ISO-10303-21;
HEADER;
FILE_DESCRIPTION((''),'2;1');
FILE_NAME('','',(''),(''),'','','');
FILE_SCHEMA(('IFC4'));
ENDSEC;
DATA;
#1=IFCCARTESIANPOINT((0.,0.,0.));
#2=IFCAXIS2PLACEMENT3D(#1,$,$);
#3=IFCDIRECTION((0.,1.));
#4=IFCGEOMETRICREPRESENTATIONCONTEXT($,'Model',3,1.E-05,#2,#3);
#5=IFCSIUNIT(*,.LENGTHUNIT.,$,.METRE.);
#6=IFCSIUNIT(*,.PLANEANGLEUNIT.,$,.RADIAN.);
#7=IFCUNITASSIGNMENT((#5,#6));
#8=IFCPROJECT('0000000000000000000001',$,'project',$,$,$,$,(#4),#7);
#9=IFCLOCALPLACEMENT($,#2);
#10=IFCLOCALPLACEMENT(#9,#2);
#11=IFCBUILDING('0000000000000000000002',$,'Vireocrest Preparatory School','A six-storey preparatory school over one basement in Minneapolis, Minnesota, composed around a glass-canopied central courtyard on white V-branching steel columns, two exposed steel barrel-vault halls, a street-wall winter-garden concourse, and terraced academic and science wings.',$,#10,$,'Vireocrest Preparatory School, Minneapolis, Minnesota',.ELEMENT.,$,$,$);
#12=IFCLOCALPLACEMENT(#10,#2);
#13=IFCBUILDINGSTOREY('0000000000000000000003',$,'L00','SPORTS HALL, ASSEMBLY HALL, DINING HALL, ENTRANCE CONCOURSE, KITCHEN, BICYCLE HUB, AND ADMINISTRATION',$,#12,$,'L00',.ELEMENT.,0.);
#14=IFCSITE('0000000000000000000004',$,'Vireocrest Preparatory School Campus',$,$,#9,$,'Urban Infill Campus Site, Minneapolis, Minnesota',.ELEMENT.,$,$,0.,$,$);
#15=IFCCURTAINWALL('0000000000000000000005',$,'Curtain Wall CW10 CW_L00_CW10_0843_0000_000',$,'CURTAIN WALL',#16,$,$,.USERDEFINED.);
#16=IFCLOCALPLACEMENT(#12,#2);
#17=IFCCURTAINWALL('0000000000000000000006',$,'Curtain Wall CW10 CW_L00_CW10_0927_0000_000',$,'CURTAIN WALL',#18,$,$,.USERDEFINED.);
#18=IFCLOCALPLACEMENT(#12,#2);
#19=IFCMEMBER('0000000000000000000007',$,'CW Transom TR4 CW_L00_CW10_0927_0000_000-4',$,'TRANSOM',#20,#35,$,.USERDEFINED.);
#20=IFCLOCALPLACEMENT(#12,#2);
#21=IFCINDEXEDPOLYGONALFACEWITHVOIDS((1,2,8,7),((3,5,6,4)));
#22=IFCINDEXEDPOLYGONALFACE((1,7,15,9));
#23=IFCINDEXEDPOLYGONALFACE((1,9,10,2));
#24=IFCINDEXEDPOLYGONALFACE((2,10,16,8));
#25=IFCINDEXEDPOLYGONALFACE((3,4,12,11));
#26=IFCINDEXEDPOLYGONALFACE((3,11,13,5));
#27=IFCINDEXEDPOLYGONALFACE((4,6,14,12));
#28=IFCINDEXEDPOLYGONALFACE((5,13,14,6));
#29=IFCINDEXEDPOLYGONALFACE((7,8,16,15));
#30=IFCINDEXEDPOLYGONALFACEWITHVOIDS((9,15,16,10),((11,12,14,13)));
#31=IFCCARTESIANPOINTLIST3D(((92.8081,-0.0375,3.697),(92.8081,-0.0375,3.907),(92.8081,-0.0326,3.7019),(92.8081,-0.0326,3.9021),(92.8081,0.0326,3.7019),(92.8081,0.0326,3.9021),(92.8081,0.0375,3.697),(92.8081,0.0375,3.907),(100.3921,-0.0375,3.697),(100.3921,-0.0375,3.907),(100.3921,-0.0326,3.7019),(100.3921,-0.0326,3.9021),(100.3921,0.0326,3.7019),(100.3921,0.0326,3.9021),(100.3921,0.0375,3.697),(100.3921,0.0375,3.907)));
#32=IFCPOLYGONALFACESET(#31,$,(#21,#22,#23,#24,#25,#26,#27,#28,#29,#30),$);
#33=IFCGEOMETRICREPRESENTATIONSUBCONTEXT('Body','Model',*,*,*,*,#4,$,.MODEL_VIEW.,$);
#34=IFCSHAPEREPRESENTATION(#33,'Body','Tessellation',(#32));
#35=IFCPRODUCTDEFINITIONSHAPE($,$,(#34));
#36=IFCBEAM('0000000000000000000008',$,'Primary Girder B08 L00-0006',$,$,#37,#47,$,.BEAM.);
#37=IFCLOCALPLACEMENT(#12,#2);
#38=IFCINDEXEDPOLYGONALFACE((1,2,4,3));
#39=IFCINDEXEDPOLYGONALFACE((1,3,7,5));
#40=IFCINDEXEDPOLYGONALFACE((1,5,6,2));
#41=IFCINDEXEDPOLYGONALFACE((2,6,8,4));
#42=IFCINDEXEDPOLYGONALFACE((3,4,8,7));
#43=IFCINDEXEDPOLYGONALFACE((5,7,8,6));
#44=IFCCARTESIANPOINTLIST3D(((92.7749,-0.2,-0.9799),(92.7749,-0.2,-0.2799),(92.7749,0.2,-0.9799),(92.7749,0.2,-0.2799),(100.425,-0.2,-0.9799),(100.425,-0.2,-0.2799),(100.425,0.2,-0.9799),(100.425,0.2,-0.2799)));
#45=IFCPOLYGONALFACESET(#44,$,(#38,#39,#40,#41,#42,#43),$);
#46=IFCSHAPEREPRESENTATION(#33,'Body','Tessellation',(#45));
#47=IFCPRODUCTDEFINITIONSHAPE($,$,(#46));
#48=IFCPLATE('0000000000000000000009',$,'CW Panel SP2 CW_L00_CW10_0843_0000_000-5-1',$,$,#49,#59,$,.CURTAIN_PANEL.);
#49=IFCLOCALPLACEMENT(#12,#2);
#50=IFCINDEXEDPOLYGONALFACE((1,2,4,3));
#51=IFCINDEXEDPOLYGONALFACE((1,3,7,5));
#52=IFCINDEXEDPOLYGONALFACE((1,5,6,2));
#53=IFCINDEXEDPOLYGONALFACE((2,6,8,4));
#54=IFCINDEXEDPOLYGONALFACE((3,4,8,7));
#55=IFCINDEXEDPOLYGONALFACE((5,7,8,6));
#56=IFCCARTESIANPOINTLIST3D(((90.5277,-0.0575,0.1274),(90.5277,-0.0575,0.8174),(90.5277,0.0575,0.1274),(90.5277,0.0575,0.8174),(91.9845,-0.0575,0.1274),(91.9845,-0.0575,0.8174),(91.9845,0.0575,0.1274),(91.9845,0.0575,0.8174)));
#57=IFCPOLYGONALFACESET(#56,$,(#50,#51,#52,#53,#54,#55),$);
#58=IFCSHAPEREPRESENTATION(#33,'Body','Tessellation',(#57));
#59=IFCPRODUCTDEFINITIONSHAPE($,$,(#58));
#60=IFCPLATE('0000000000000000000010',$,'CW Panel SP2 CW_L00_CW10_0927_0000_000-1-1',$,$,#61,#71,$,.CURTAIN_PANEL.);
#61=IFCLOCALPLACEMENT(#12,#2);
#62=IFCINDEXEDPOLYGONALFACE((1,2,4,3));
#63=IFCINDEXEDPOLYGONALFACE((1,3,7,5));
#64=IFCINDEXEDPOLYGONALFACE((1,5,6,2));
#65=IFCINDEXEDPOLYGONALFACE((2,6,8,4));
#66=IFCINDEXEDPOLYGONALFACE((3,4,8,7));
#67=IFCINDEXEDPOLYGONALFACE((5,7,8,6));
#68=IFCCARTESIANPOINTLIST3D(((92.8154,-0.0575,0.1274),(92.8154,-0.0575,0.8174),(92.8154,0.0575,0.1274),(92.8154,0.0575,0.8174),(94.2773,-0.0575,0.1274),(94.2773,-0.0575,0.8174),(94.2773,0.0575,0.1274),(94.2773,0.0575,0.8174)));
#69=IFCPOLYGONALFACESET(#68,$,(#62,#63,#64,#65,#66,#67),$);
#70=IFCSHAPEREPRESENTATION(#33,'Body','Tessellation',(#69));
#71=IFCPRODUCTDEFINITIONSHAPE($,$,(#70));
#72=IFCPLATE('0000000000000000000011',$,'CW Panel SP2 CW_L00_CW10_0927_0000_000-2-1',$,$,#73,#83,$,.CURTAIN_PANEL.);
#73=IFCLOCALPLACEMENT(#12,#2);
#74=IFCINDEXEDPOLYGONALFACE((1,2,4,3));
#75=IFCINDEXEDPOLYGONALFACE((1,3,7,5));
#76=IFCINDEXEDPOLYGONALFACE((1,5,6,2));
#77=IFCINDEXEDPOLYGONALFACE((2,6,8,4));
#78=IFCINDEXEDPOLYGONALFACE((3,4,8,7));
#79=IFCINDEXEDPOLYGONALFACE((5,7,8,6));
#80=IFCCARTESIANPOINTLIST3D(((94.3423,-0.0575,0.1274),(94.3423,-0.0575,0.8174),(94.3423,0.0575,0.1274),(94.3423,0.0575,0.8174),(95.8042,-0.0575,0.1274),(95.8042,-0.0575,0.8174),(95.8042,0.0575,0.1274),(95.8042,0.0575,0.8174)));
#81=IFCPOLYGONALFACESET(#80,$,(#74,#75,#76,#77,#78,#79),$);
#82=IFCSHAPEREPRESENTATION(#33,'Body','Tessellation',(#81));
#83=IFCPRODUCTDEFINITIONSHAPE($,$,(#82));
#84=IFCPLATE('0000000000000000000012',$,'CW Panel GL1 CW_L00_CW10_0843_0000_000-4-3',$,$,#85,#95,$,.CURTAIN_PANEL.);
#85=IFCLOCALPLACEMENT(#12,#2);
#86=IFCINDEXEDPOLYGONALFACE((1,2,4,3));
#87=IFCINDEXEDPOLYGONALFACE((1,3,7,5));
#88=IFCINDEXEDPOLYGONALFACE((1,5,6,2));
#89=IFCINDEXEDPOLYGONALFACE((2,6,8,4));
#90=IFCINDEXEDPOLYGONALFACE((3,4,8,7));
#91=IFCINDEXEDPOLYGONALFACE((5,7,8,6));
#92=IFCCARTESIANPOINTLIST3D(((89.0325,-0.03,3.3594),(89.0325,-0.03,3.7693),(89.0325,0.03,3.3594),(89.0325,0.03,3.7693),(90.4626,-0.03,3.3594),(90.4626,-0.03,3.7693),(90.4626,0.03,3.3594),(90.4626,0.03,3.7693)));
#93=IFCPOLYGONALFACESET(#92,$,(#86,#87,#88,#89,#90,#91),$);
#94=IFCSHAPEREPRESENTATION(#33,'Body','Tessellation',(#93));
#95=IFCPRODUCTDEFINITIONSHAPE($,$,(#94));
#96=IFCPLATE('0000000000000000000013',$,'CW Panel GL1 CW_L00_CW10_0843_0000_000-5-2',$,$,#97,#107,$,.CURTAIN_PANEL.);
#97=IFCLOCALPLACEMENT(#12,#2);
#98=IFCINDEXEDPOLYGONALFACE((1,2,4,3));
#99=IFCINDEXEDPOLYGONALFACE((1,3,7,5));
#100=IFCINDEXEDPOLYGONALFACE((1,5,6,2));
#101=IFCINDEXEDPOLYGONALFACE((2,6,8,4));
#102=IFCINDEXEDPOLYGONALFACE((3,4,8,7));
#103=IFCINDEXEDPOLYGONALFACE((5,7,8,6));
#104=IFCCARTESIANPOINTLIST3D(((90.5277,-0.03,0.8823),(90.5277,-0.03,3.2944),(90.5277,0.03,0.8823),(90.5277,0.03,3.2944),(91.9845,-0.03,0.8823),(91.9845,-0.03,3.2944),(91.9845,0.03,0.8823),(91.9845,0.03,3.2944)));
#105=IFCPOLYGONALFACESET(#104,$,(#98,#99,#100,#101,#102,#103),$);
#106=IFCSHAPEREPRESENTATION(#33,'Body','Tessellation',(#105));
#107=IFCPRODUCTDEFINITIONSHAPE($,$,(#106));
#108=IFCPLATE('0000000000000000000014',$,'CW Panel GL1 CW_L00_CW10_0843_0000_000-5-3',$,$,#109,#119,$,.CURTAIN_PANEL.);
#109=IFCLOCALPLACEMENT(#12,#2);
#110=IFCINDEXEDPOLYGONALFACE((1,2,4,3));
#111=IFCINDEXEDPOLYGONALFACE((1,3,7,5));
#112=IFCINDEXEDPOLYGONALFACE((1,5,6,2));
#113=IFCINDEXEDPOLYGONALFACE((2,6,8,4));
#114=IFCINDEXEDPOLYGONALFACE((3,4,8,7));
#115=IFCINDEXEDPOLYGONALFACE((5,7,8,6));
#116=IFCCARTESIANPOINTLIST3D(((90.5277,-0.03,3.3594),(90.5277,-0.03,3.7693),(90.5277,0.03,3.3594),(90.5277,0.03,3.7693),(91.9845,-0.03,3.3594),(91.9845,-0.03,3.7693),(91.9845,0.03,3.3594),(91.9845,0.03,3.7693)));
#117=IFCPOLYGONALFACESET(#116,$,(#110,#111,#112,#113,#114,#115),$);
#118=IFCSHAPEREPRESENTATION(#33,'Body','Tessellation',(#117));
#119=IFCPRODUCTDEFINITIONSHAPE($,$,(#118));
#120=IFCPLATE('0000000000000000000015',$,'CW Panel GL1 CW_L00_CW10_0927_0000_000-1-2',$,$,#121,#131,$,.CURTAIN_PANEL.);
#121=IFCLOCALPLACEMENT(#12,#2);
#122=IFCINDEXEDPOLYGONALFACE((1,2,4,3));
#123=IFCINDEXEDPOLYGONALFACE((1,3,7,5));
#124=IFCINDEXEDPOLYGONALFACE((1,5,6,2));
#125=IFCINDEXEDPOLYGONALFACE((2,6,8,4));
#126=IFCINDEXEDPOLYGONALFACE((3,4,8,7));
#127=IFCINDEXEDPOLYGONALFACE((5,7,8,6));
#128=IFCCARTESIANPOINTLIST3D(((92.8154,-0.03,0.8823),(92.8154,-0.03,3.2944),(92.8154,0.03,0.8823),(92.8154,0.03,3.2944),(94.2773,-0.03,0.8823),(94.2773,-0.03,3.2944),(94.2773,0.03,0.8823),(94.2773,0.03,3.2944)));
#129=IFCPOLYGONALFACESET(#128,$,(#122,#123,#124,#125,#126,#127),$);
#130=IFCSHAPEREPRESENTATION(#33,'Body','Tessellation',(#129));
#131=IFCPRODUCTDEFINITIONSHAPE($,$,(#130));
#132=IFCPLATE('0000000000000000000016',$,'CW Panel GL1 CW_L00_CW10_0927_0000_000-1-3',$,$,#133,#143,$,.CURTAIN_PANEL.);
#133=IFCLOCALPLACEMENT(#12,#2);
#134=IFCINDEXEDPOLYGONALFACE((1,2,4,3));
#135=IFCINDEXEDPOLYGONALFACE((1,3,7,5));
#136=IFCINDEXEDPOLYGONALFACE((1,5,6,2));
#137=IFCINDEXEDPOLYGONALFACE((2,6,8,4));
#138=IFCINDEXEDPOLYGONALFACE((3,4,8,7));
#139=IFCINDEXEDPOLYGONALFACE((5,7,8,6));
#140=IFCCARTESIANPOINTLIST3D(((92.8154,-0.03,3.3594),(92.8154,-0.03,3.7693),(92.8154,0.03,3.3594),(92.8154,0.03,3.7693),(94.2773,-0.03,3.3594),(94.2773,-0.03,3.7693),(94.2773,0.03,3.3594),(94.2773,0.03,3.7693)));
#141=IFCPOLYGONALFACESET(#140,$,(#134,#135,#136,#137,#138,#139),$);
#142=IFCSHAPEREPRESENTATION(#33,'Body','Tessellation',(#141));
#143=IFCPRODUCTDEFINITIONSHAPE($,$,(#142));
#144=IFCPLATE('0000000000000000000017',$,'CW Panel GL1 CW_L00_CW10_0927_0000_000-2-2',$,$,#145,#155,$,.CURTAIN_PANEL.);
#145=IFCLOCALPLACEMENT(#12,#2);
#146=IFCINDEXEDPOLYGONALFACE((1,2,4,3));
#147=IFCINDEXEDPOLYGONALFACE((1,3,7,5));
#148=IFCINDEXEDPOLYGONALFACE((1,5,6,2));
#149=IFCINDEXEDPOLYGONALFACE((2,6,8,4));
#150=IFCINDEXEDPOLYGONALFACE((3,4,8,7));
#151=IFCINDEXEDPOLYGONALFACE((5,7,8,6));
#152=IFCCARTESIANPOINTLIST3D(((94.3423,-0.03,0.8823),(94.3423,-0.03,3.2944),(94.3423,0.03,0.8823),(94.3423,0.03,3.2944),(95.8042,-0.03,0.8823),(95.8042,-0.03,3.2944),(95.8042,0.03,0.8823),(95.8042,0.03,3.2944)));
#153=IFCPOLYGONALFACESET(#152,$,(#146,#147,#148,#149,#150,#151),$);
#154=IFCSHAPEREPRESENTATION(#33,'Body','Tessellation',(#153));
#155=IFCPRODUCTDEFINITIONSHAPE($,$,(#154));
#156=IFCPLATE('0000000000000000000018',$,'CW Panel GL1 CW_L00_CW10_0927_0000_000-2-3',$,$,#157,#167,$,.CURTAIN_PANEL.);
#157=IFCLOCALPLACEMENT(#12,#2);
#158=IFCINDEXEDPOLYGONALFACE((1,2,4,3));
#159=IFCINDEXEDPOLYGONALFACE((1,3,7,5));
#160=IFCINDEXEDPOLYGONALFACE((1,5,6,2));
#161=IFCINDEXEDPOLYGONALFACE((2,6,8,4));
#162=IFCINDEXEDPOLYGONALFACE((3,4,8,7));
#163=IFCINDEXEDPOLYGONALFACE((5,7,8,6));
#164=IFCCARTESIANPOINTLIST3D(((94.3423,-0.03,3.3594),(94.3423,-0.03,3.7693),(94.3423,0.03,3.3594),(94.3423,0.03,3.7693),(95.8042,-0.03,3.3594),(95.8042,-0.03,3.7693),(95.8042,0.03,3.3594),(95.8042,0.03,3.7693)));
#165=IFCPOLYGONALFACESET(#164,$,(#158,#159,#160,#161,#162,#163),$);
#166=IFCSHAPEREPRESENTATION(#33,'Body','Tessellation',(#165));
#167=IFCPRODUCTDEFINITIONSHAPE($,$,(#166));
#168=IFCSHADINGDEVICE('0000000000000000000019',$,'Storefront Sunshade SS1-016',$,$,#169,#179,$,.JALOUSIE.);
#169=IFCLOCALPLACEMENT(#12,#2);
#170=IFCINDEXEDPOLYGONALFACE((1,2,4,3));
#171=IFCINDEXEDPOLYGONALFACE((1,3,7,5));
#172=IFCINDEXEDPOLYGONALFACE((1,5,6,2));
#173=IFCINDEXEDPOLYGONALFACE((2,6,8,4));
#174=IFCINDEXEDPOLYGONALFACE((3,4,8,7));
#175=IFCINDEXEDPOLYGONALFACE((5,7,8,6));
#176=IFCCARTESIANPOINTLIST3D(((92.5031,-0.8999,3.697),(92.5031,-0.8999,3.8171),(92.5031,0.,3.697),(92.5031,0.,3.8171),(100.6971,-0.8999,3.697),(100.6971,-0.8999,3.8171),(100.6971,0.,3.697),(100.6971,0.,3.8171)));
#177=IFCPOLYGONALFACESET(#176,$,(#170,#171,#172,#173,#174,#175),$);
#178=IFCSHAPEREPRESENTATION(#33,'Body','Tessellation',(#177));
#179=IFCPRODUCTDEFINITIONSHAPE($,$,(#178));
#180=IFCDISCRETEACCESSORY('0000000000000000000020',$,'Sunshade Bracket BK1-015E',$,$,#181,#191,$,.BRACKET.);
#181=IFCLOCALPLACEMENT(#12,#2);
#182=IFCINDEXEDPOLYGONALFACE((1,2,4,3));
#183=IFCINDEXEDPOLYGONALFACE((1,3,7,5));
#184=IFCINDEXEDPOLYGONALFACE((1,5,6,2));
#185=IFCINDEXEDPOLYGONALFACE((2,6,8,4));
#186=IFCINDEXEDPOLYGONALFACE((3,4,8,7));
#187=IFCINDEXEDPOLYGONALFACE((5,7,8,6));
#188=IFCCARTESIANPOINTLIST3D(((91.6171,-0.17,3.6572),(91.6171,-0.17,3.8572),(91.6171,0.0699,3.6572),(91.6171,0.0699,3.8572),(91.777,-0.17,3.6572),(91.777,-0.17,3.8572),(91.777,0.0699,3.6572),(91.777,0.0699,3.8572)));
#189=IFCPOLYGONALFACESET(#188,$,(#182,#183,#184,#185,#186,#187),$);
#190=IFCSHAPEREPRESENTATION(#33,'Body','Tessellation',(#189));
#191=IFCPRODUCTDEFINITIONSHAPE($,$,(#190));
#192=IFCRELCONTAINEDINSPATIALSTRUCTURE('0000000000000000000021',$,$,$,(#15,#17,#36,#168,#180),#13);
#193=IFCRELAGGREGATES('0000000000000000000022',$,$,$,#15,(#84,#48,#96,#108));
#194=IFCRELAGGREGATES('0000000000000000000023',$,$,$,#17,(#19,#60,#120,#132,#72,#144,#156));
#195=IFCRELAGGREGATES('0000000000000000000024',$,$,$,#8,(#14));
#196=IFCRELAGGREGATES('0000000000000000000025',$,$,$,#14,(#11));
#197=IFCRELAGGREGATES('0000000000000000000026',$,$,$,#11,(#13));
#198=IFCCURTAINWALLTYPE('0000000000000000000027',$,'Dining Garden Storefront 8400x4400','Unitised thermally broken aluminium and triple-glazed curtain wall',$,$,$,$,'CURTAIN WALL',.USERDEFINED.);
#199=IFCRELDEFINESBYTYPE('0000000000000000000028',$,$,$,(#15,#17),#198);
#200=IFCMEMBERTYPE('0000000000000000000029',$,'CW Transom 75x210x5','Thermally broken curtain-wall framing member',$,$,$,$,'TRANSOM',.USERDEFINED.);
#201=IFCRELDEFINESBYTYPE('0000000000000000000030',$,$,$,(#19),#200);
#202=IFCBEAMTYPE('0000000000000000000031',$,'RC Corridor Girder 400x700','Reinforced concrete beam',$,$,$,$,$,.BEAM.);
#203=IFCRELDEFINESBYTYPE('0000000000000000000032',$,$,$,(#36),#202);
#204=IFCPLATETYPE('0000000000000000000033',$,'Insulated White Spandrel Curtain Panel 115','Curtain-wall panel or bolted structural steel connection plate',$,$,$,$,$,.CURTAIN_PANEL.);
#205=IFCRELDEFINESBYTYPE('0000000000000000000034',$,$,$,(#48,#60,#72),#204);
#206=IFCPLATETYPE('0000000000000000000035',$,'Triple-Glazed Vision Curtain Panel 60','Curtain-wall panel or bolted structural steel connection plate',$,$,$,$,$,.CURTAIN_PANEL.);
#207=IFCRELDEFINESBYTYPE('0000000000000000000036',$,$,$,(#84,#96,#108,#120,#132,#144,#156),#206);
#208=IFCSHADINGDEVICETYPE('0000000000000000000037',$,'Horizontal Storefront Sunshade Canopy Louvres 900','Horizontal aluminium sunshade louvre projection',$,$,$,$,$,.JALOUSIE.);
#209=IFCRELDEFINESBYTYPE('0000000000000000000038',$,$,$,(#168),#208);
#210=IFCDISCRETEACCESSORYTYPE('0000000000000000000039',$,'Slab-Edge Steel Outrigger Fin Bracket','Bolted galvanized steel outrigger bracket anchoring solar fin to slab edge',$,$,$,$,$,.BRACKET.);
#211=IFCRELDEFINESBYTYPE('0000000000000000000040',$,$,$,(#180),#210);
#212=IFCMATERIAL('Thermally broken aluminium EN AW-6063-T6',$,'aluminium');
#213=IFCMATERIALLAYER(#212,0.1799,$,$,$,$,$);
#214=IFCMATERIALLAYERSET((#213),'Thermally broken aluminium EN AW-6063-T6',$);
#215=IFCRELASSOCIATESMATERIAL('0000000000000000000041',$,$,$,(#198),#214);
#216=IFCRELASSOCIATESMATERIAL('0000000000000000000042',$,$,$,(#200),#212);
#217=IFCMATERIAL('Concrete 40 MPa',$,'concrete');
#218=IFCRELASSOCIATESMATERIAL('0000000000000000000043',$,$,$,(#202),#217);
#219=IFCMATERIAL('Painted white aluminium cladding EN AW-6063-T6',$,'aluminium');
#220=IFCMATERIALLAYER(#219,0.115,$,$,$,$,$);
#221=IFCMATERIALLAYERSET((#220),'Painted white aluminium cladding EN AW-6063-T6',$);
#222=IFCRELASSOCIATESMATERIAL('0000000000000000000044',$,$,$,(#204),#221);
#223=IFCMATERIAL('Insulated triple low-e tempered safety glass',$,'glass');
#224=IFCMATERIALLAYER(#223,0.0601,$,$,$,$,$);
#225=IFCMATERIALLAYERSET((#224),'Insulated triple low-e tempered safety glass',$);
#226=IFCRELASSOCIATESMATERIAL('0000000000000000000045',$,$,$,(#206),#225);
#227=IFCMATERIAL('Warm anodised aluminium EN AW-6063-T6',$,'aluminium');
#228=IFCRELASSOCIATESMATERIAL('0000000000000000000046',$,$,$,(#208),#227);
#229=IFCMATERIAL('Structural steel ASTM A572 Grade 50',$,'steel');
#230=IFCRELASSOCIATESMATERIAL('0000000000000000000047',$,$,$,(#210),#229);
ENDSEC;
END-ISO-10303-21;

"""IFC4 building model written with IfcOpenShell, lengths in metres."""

from ifc_helpers import new_model, si_unit, direction, frame, origin, origin_2d, place, context, subcontext, project, spatial, rectangle, hollow_rectangle, extrude, material, layer, layer_set, material_profile, profile_set, type_object, element, aggregate, save


model = new_model("IFC4")

# Units and contexts
model_context = context("Model", 3, precision=1e-05, world=origin(), true_north=direction((0.0, 1.0)))
body_context = subcontext(model_context, "Body", "Model", "MODEL_VIEW")
ifc_project = project(units=[si_unit("LENGTHUNIT", "METRE"), si_unit("PLANEANGLEUNIT", "RADIAN")], contexts=[model_context])

# Site, building, storey
site_placement = place(None, origin())
site = spatial("IfcSite", under=ifc_project, at=site_placement, Name="Vireocrest Preparatory School Campus", LongName="Urban Infill Campus Site, Minneapolis, Minnesota", CompositionType="ELEMENT", RefElevation=0.0)
building_placement = place(site_placement, origin())
building = spatial("IfcBuilding", under=site, at=building_placement, Name="Vireocrest Preparatory School", Description="A six-storey preparatory school over one basement in Minneapolis, Minnesota, composed around a glass-canopied central courtyard on white V-branching steel columns, two exposed steel barrel-vault halls, a street-wall winter-garden concourse, and terraced academic and science wings.", LongName="Vireocrest Preparatory School, Minneapolis, Minnesota", CompositionType="ELEMENT")
storey_placement = place(building_placement, origin())
storey = spatial("IfcBuildingStorey", under=building, at=storey_placement, Name="L00", Description="SPORTS HALL, ASSEMBLY HALL, DINING HALL, ENTRANCE CONCOURSE, KITCHEN, BICYCLE HUB, AND ADMINISTRATION", LongName="L00", CompositionType="ELEMENT", Elevation=0.0)

# Curtain walls, member
ifc_material_1 = material(Name="Thermally broken aluminium EN AW-6063-T6", Category="aluminium")
ifc_layer_1 = layer(ifc_material_1, 0.1799)
ifc_layer_set_1 = layer_set([ifc_layer_1], Name="Thermally broken aluminium EN AW-6063-T6")
curtain_wall_type = type_object("IfcCurtainWallType", Name="Dining Garden Storefront 8400x4400", Description="Unitised thermally broken aluminium and triple-glazed curtain wall", ElementType="CURTAIN WALL", PredefinedType="USERDEFINED", material=ifc_layer_set_1)
curtain_wall_1_placement = place(storey_placement, origin())
curtain_wall_1 = element("IfcCurtainWall", 1, at=curtain_wall_1_placement, inside=storey, type_object=curtain_wall_type, Name="Curtain Wall CW10 CW_L00_CW10_0843_0000_000", ObjectType="CURTAIN WALL", PredefinedType="USERDEFINED")
curtain_wall_2_placement = place(storey_placement, origin())
curtain_wall_2 = element("IfcCurtainWall", 2, at=curtain_wall_2_placement, inside=storey, type_object=curtain_wall_type, Name="Curtain Wall CW10 CW_L00_CW10_0927_0000_000", ObjectType="CURTAIN WALL", PredefinedType="USERDEFINED")
ifc_material_profile_1 = material_profile(ifc_material_1, hollow_rectangle(XDim=0.075, YDim=0.21, WallThickness=0.0049, at=origin_2d()), Name="ALU 75x210x5")
ifc_profile_set_1 = profile_set([ifc_material_profile_1], Name="Thermally broken aluminium EN AW-6063-T6")
member_type_1 = type_object("IfcMemberType", Name="CW Transom 75x210x5", Description="Thermally broken curtain-wall framing member", ElementType="TRANSOM", PredefinedType="USERDEFINED", material=ifc_profile_set_1)
member_1_placement = place(storey_placement, frame((92.8081, 0.0, 3.802), z_axis=(1.0, 0.0, 0.0), x_axis=(0.0, 1.0, 0.0)))
member_1 = element("IfcMember", 3, at=member_1_placement, type_object=member_type_1, Name="CW Transom TR4 CW_L00_CW10_0927_0000_000-4", ObjectType="TRANSOM", PredefinedType="USERDEFINED", context=body_context, shape_type="SweptSolid", body=[
    extrude(hollow_rectangle(XDim=0.075, YDim=0.21, WallThickness=0.0049, at=origin_2d()), origin(), (0.0, 0.0, 1.0), 7.584),
])

# Beam
ifc_material_2 = material(Name="Concrete 40 MPa", Category="concrete")
ifc_material_profile_2 = material_profile(ifc_material_2, rectangle(XDim=0.3999, YDim=0.7, at=origin_2d()), Name="RC 400x700")
ifc_profile_set_2 = profile_set([ifc_material_profile_2], Name="Concrete 40 MPa")
beam_type = type_object("IfcBeamType", Name="RC Corridor Girder 400x700", Description="Reinforced concrete beam", PredefinedType="BEAM", material=ifc_profile_set_2)
beam_placement = place(storey_placement, frame((92.7749, 0.0, -0.6299), z_axis=(1.0, 0.0, 0.0), x_axis=(0.0, 1.0, 0.0)))
element("IfcBeam", 4, at=beam_placement, inside=storey, type_object=beam_type, Name="Primary Girder B08 L00-0006", PredefinedType="BEAM", context=body_context, shape_type="SweptSolid", body=[
    extrude(rectangle(XDim=0.3999, YDim=0.7, at=origin_2d()), origin(), (0.0, 0.0, 1.0), 7.6501),
])

# Plates
ifc_material_3 = material(Name="Painted white aluminium cladding EN AW-6063-T6", Category="aluminium")
ifc_layer_2 = layer(ifc_material_3, 0.115)
ifc_layer_set_2 = layer_set([ifc_layer_2], Name="Painted white aluminium cladding EN AW-6063-T6")
plate_type_1 = type_object("IfcPlateType", Name="Insulated White Spandrel Curtain Panel 115", Description="Curtain-wall panel or bolted structural steel connection plate", PredefinedType="CURTAIN_PANEL", material=ifc_layer_set_2)
plate_1_placement = place(storey_placement, frame((91.2561, 0.0, 0.1274), z_axis=(0.0, 0.0, 1.0), x_axis=(1.0, 0.0, 0.0)))
plate_1 = element("IfcPlate", 5, at=plate_1_placement, type_object=plate_type_1, Name="CW Panel SP2 CW_L00_CW10_0843_0000_000-5-1", PredefinedType="CURTAIN_PANEL", context=body_context, shape_type="SweptSolid", body=[
    extrude(rectangle(XDim=1.4568, YDim=0.115, at=origin_2d()), origin(), (0.0, 0.0, 1.0), 0.6899),
])
plate_2_placement = place(storey_placement, frame((93.5464, 0.0, 0.1274), z_axis=(0.0, 0.0, 1.0), x_axis=(1.0, 0.0, 0.0)))
plate_2 = element("IfcPlate", 6, at=plate_2_placement, type_object=plate_type_1, Name="CW Panel SP2 CW_L00_CW10_0927_0000_000-1-1", PredefinedType="CURTAIN_PANEL", context=body_context, shape_type="SweptSolid", body=[
    extrude(rectangle(XDim=1.4619, YDim=0.115, at=origin_2d()), origin(), (0.0, 0.0, 1.0), 0.6899),
])
plate_3_placement = place(storey_placement, frame((95.0732, 0.0, 0.1274), z_axis=(0.0, 0.0, 1.0), x_axis=(1.0, 0.0, 0.0)))
plate_3 = element("IfcPlate", 7, at=plate_3_placement, type_object=plate_type_1, Name="CW Panel SP2 CW_L00_CW10_0927_0000_000-2-1", PredefinedType="CURTAIN_PANEL", context=body_context, shape_type="SweptSolid", body=[
    extrude(rectangle(XDim=1.4619, YDim=0.115, at=origin_2d()), origin(), (0.0, 0.0, 1.0), 0.6899),
])
ifc_material_4 = material(Name="Insulated triple low-e tempered safety glass", Category="glass")
ifc_layer_3 = layer(ifc_material_4, 0.0601)
ifc_layer_set_3 = layer_set([ifc_layer_3], Name="Insulated triple low-e tempered safety glass")
plate_type_2 = type_object("IfcPlateType", Name="Triple-Glazed Vision Curtain Panel 60", Description="Curtain-wall panel or bolted structural steel connection plate", PredefinedType="CURTAIN_PANEL", material=ifc_layer_set_3)
plate_4_placement = place(storey_placement, frame((89.7476, 0.0, 3.3594), z_axis=(0.0, 0.0, 1.0), x_axis=(1.0, 0.0, 0.0)))
plate_4 = element("IfcPlate", 8, at=plate_4_placement, type_object=plate_type_2, Name="CW Panel GL1 CW_L00_CW10_0843_0000_000-4-3", PredefinedType="CURTAIN_PANEL", context=body_context, shape_type="SweptSolid", body=[
    extrude(rectangle(XDim=1.4302, YDim=0.0601, at=origin_2d()), origin(), (0.0, 0.0, 1.0), 0.4099),
])
plate_5_placement = place(storey_placement, frame((91.2561, 0.0, 0.8823), z_axis=(0.0, 0.0, 1.0), x_axis=(1.0, 0.0, 0.0)))
plate_5 = element("IfcPlate", 9, at=plate_5_placement, type_object=plate_type_2, Name="CW Panel GL1 CW_L00_CW10_0843_0000_000-5-2", PredefinedType="CURTAIN_PANEL", context=body_context, shape_type="SweptSolid", body=[
    extrude(rectangle(XDim=1.4568, YDim=0.0601, at=origin_2d()), origin(), (0.0, 0.0, 1.0), 2.4121),
])
plate_6_placement = place(storey_placement, frame((91.2561, 0.0, 3.3594), z_axis=(0.0, 0.0, 1.0), x_axis=(1.0, 0.0, 0.0)))
plate_6 = element("IfcPlate", 10, at=plate_6_placement, type_object=plate_type_2, Name="CW Panel GL1 CW_L00_CW10_0843_0000_000-5-3", PredefinedType="CURTAIN_PANEL", context=body_context, shape_type="SweptSolid", body=[
    extrude(rectangle(XDim=1.4568, YDim=0.0601, at=origin_2d()), origin(), (0.0, 0.0, 1.0), 0.4099),
])
aggregate(curtain_wall_1, [plate_4, plate_1, plate_5, plate_6])
plate_7_placement = place(storey_placement, frame((93.5464, 0.0, 0.8823), z_axis=(0.0, 0.0, 1.0), x_axis=(1.0, 0.0, 0.0)))
plate_7 = element("IfcPlate", 11, at=plate_7_placement, type_object=plate_type_2, Name="CW Panel GL1 CW_L00_CW10_0927_0000_000-1-2", PredefinedType="CURTAIN_PANEL", context=body_context, shape_type="SweptSolid", body=[
    extrude(rectangle(XDim=1.4619, YDim=0.0601, at=origin_2d()), origin(), (0.0, 0.0, 1.0), 2.4121),
])
plate_8_placement = place(storey_placement, frame((93.5464, 0.0, 3.3594), z_axis=(0.0, 0.0, 1.0), x_axis=(1.0, 0.0, 0.0)))
plate_8 = element("IfcPlate", 12, at=plate_8_placement, type_object=plate_type_2, Name="CW Panel GL1 CW_L00_CW10_0927_0000_000-1-3", PredefinedType="CURTAIN_PANEL", context=body_context, shape_type="SweptSolid", body=[
    extrude(rectangle(XDim=1.4619, YDim=0.0601, at=origin_2d()), origin(), (0.0, 0.0, 1.0), 0.4099),
])
plate_9_placement = place(storey_placement, frame((95.0732, 0.0, 0.8823), z_axis=(0.0, 0.0, 1.0), x_axis=(1.0, 0.0, 0.0)))
plate_9 = element("IfcPlate", 13, at=plate_9_placement, type_object=plate_type_2, Name="CW Panel GL1 CW_L00_CW10_0927_0000_000-2-2", PredefinedType="CURTAIN_PANEL", context=body_context, shape_type="SweptSolid", body=[
    extrude(rectangle(XDim=1.4619, YDim=0.0601, at=origin_2d()), origin(), (0.0, 0.0, 1.0), 2.4121),
])
plate_10_placement = place(storey_placement, frame((95.0732, 0.0, 3.3594), z_axis=(0.0, 0.0, 1.0), x_axis=(1.0, 0.0, 0.0)))
plate_10 = element("IfcPlate", 14, at=plate_10_placement, type_object=plate_type_2, Name="CW Panel GL1 CW_L00_CW10_0927_0000_000-2-3", PredefinedType="CURTAIN_PANEL", context=body_context, shape_type="SweptSolid", body=[
    extrude(rectangle(XDim=1.4619, YDim=0.0601, at=origin_2d()), origin(), (0.0, 0.0, 1.0), 0.4099),
])
aggregate(curtain_wall_2, [member_1, plate_2, plate_7, plate_8, plate_3, plate_9, plate_10])

# Shading device
ifc_material_5 = material(Name="Warm anodised aluminium EN AW-6063-T6", Category="aluminium")
shading_device_type = type_object("IfcShadingDeviceType", Name="Horizontal Storefront Sunshade Canopy Louvres 900", Description="Horizontal aluminium sunshade louvre projection", PredefinedType="JALOUSIE", material=ifc_material_5)
shading_device_placement = place(storey_placement, frame((96.6001, -0.45, 3.697), z_axis=(0.0, 0.0, 1.0), x_axis=(1.0, 0.0, 0.0)))
element("IfcShadingDevice", 15, at=shading_device_placement, inside=storey, type_object=shading_device_type, Name="Storefront Sunshade SS1-016", PredefinedType="JALOUSIE", context=body_context, shape_type="SweptSolid", body=[
    extrude(rectangle(XDim=8.1941, YDim=0.8999, at=origin_2d()), origin(), (0.0, 0.0, 1.0), 0.1201),
])

# Discrete accessory
ifc_material_6 = material(Name="Structural steel ASTM A572 Grade 50", Category="steel")
discrete_accessory_type = type_object("IfcDiscreteAccessoryType", Name="Slab-Edge Steel Outrigger Fin Bracket", Description="Bolted galvanized steel outrigger bracket anchoring solar fin to slab edge", PredefinedType="BRACKET", material=ifc_material_6)
for number, where, z_axis, x_axis, name in (
    (16, (91.697, -0.05, 3.6572), (0.0, 0.0, 1.0), (1.0, 0.0, 0.0), "Sunshade Bracket BK1-015E"),
):
    element("IfcDiscreteAccessory", number, at=place(storey_placement, frame(where, z_axis=z_axis, x_axis=x_axis)), inside=storey, type_object=discrete_accessory_type, Name=name, PredefinedType="BRACKET", context=body_context, shape_type="SweptSolid", body=[
        extrude(rectangle(XDim=0.1599, YDim=0.24, at=origin_2d()), origin(), (0.0, 0.0, 1.0), 0.2),
    ])

save(model, "model.ifc")
